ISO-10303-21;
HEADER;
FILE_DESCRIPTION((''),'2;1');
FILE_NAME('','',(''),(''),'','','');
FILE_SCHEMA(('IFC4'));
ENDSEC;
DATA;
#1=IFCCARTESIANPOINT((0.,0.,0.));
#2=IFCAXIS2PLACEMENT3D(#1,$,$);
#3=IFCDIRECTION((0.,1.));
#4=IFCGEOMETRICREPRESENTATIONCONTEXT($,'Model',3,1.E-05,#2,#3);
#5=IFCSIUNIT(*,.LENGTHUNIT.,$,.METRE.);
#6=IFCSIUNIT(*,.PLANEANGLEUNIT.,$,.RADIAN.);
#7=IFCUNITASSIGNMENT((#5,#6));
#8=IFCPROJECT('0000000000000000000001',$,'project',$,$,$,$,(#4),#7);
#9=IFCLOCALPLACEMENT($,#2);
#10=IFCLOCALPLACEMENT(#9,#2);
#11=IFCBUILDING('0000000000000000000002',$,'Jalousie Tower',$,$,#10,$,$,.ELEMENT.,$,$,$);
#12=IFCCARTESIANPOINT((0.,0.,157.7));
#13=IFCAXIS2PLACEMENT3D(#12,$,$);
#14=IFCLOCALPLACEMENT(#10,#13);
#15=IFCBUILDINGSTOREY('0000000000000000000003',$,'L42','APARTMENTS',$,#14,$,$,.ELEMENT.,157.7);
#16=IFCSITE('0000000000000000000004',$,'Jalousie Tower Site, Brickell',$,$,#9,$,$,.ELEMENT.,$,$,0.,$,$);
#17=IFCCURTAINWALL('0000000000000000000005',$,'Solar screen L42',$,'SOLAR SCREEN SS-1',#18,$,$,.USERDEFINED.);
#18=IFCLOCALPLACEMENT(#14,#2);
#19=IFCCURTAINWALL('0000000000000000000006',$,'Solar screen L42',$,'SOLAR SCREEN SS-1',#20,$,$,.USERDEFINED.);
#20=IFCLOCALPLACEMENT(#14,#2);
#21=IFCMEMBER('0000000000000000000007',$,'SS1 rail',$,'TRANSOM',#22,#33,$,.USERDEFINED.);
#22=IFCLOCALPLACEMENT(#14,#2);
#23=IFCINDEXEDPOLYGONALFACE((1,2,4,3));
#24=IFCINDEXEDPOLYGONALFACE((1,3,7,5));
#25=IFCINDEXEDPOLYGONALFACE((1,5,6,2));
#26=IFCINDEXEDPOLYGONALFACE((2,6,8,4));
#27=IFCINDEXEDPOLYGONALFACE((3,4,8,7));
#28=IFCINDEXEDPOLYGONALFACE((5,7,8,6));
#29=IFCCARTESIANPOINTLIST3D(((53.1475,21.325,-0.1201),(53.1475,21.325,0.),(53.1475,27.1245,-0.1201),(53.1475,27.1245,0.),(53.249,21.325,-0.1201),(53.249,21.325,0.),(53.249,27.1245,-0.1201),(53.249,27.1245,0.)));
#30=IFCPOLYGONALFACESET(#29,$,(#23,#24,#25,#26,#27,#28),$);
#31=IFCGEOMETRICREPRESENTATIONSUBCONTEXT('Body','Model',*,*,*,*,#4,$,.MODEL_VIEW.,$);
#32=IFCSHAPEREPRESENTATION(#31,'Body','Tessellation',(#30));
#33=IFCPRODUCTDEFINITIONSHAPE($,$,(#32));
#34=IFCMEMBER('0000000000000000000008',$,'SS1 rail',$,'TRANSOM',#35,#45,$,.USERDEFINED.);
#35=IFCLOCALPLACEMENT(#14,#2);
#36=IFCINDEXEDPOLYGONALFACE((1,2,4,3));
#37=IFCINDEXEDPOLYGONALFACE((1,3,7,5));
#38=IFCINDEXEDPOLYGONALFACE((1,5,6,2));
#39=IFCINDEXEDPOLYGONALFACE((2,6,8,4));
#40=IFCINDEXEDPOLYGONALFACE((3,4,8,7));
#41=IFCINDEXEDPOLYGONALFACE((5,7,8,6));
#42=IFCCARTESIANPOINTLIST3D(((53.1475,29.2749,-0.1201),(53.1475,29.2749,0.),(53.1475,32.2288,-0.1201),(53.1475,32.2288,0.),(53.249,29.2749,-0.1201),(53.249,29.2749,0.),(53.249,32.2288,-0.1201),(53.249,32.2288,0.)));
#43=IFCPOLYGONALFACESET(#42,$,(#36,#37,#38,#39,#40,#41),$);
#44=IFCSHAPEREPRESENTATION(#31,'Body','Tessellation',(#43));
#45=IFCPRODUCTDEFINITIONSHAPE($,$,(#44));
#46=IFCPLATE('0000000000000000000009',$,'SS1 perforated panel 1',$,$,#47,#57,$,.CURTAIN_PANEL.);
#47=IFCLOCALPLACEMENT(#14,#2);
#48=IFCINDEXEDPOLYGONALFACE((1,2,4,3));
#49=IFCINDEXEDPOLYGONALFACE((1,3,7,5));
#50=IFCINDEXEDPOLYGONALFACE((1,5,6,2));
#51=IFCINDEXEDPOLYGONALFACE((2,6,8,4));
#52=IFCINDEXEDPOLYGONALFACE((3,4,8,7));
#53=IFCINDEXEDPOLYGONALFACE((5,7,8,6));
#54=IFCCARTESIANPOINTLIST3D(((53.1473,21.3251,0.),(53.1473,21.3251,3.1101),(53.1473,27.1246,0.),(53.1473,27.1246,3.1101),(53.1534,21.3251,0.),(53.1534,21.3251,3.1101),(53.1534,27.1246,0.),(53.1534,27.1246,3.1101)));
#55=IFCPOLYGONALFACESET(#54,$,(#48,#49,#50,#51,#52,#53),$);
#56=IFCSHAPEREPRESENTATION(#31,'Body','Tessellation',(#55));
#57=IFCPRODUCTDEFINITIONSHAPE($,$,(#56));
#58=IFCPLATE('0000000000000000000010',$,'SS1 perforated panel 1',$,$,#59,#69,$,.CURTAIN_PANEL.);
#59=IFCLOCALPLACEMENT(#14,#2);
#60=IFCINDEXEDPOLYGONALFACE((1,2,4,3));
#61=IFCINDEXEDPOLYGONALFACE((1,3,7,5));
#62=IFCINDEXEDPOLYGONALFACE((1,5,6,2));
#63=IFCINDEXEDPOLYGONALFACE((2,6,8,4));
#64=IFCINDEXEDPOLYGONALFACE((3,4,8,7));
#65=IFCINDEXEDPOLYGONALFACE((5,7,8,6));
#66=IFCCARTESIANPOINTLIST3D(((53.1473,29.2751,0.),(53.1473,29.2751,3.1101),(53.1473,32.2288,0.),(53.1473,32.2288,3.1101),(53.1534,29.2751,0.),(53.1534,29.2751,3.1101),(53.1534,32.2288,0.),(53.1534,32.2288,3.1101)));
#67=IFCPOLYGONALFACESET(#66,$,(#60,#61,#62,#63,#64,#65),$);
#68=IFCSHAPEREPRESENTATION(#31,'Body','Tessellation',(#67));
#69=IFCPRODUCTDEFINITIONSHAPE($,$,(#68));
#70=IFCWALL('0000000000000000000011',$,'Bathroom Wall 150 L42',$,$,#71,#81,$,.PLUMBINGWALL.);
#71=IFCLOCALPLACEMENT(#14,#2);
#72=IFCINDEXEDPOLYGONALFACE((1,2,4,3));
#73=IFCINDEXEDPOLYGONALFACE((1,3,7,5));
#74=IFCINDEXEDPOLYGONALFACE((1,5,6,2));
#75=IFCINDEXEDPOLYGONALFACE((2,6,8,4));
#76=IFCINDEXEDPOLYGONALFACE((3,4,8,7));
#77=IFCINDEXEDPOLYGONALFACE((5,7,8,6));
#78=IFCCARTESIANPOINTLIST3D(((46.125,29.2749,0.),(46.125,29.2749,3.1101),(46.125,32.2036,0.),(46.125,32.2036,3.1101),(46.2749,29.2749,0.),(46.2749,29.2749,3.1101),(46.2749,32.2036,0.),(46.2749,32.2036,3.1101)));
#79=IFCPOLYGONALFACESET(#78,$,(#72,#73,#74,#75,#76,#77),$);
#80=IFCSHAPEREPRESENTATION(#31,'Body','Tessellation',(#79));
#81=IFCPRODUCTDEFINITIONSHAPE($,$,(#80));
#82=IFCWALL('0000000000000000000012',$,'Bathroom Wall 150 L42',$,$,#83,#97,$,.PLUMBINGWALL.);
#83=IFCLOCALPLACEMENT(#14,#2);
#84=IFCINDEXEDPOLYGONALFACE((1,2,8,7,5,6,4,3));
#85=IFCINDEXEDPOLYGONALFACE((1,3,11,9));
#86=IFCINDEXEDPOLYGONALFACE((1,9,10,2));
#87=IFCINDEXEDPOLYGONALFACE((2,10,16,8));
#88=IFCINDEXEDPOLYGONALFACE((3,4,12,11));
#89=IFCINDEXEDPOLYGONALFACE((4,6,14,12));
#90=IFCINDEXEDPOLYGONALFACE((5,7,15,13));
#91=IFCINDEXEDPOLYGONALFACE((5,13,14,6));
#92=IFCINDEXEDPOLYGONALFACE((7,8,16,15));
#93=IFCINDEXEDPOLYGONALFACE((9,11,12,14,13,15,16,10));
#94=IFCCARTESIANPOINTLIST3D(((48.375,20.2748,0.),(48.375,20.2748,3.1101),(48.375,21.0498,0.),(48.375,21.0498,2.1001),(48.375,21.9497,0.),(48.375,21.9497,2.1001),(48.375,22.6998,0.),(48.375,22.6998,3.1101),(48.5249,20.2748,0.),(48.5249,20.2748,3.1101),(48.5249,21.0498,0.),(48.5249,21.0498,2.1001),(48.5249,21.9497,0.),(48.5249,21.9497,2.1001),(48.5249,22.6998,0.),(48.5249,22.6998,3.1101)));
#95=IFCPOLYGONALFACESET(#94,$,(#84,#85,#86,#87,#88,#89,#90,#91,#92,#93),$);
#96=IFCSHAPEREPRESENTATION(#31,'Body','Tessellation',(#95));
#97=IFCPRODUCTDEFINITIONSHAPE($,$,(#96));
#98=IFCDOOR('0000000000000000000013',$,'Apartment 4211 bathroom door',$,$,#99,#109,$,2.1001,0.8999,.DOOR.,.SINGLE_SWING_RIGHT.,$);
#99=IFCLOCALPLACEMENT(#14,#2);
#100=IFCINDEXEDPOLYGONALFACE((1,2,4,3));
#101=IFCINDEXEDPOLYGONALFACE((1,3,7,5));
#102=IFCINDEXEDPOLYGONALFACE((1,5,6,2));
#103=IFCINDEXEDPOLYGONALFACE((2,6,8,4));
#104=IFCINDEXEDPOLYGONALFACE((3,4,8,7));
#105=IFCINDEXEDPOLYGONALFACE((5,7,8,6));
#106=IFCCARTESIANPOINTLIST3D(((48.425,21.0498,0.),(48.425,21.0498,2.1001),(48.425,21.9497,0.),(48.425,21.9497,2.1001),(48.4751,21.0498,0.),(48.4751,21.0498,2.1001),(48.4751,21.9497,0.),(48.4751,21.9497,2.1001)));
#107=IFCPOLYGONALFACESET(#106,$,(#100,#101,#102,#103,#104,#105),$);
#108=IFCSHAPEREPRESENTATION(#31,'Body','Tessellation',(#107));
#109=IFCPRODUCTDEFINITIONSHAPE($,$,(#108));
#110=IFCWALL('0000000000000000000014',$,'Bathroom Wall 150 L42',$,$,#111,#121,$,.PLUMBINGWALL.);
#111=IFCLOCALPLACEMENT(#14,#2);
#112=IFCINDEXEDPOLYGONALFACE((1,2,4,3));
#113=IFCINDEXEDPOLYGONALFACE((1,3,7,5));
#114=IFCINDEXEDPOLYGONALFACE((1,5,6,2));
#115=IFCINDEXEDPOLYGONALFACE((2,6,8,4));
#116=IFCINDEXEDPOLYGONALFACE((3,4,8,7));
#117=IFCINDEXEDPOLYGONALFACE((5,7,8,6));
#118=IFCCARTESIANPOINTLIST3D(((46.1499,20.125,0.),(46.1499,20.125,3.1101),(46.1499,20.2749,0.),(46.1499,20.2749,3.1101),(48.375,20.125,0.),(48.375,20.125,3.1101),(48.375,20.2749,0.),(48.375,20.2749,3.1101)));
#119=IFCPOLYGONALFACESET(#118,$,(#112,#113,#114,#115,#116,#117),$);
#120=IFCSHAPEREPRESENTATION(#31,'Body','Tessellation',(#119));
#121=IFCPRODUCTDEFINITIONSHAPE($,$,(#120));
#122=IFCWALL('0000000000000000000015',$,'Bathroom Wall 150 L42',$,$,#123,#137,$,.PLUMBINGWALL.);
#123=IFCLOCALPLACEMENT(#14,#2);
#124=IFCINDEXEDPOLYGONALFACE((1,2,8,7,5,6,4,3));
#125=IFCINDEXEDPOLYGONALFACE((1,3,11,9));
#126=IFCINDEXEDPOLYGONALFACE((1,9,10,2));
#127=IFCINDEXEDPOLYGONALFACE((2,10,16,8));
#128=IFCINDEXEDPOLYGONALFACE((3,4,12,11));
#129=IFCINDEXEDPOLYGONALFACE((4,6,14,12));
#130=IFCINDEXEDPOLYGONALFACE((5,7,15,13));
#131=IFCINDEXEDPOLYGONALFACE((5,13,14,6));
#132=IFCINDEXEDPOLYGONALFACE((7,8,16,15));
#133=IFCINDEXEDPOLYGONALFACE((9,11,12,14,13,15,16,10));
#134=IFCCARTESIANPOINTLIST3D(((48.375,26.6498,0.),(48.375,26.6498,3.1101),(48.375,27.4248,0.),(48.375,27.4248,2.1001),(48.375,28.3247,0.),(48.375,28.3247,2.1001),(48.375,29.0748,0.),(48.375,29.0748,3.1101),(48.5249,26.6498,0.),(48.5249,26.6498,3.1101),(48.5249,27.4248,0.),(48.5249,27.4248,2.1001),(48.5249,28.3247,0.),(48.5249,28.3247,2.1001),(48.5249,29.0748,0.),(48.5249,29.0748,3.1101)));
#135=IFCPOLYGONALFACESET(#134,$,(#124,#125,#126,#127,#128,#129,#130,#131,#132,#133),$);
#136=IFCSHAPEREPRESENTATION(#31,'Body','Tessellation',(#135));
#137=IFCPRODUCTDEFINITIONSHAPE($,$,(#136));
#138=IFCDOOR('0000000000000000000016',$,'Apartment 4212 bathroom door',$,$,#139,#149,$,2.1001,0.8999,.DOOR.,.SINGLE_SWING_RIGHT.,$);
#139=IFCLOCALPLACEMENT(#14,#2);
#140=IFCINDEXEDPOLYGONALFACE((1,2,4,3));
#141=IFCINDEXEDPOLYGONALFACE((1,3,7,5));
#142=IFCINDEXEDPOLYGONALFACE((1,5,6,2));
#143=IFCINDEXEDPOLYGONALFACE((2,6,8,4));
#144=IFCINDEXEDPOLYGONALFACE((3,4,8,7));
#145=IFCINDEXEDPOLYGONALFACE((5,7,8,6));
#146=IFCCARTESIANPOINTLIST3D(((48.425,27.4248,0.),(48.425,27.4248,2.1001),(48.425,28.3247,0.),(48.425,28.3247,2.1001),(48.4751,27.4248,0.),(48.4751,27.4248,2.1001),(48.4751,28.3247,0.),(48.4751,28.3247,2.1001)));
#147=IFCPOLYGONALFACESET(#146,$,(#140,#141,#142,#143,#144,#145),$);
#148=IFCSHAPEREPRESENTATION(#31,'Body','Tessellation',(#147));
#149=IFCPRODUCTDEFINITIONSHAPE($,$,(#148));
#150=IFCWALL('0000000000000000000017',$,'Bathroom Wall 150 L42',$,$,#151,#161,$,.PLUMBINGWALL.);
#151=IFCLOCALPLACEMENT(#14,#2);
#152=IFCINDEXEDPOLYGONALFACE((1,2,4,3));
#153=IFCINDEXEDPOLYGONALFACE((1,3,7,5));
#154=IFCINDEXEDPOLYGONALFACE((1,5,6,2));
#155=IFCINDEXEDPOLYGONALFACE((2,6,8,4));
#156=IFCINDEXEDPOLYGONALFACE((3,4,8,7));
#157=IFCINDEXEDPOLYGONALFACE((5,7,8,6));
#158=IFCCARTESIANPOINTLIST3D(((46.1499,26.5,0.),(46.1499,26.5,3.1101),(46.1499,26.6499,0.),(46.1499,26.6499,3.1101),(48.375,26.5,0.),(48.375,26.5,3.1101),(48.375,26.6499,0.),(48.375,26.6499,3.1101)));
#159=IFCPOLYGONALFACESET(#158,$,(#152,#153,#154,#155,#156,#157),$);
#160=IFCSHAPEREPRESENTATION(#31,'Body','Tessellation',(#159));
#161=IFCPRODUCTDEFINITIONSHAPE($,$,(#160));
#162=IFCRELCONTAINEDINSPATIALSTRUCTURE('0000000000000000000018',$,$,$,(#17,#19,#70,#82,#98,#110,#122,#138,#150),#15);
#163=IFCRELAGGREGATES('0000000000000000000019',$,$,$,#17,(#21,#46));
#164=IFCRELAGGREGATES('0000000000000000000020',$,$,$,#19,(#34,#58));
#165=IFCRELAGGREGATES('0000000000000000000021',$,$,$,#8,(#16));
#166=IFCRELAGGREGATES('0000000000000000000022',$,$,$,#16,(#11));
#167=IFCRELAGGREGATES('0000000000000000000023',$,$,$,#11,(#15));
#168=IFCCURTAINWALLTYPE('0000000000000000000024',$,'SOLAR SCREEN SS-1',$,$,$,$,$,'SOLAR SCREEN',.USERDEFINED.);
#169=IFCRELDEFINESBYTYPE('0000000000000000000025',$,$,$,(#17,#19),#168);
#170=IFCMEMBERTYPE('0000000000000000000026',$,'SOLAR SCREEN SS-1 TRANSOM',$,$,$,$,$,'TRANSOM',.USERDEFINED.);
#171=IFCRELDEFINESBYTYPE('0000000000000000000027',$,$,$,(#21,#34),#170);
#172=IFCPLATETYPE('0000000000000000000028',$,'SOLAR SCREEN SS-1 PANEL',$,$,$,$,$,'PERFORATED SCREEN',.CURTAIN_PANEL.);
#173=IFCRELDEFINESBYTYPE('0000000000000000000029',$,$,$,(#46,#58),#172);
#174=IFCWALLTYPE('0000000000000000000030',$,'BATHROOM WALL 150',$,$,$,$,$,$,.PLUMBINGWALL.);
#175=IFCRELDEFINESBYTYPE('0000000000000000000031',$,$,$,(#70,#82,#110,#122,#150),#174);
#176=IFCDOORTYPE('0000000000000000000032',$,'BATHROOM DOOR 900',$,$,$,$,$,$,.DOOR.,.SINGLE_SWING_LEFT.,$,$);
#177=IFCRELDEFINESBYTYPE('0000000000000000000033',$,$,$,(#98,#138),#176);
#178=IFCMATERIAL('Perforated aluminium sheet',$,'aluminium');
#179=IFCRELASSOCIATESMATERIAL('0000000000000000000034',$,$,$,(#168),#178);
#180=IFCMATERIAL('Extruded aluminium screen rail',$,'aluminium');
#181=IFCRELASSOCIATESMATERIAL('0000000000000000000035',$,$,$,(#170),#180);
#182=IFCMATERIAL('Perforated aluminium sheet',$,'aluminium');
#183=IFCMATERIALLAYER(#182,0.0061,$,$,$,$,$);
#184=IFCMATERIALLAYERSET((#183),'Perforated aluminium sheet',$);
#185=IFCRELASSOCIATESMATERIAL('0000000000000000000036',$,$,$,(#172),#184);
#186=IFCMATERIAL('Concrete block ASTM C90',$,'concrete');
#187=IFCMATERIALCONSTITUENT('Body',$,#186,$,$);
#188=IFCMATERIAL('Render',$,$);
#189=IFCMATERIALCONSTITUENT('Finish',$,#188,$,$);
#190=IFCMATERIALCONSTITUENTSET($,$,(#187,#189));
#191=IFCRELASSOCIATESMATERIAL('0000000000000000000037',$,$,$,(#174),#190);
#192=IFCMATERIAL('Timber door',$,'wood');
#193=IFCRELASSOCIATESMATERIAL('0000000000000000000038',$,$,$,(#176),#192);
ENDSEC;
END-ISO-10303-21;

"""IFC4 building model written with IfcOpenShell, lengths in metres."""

from ifc_helpers import new_model, si_unit, direction, frame, frame_2d, origin, origin_2d, place, context, subcontext, project, spatial, rectangle, extrude, material, layer, layer_set, constituent, constituent_set, material_profile, profile_set, type_object, element, fill, aggregate, save


model = new_model("IFC4")

# Units and contexts
model_context = context("Model", 3, precision=1e-05, world=origin(), true_north=direction((0.0, 1.0)))
body_context = subcontext(model_context, "Body", "Model", "MODEL_VIEW")
ifc_project = project(units=[si_unit("LENGTHUNIT", "METRE"), si_unit("PLANEANGLEUNIT", "RADIAN")], contexts=[model_context])

# Site, building, storey
site_placement = place(None, origin())
site = spatial("IfcSite", under=ifc_project, at=site_placement, Name="Jalousie Tower Site, Brickell", CompositionType="ELEMENT", RefElevation=0.0)
building_placement = place(site_placement, origin())
building = spatial("IfcBuilding", under=site, at=building_placement, Name="Jalousie Tower", CompositionType="ELEMENT")
storey_placement = place(building_placement, frame((0.0, 0.0, 157.7)))
storey = spatial("IfcBuildingStorey", under=building, at=storey_placement, Name="L42", Description="APARTMENTS", CompositionType="ELEMENT", Elevation=157.7)

# Curtain wall
ifc_material_1 = material(Name="Perforated aluminium sheet", Category="aluminium")
curtain_wall_type = type_object("IfcCurtainWallType", Name="SOLAR SCREEN SS-1", ElementType="SOLAR SCREEN", PredefinedType="USERDEFINED", material=ifc_material_1)
curtain_wall_1_placement = place(storey_placement, origin())
curtain_wall_1 = element("IfcCurtainWall", 1, at=curtain_wall_1_placement, inside=storey, type_object=curtain_wall_type, Name="Solar screen L42", ObjectType="SOLAR SCREEN SS-1", PredefinedType="USERDEFINED")

# Curtain wall
curtain_wall_2_placement = place(storey_placement, origin())
curtain_wall_2 = element("IfcCurtainWall", 2, at=curtain_wall_2_placement, inside=storey, type_object=curtain_wall_type, Name="Solar screen L42", ObjectType="SOLAR SCREEN SS-1", PredefinedType="USERDEFINED")

# Members
ifc_material_2 = material(Name="Extruded aluminium screen rail", Category="aluminium")
ifc_material_profile_1 = material_profile(ifc_material_2, rectangle(XDim=0.1016, YDim=0.1201, at=origin_2d()), Name="RAIL 102x120")
ifc_profile_set_1 = profile_set([ifc_material_profile_1], Name="Extruded aluminium screen rail")
member_type_1 = type_object("IfcMemberType", Name="SOLAR SCREEN SS-1 TRANSOM", ElementType="TRANSOM", PredefinedType="USERDEFINED", material=ifc_profile_set_1)
member_1_placement = place(storey_placement, frame((53.1982, 21.325, -0.0601), z_axis=(0.0, 1.0, 0.0), x_axis=(-1.0, 0.0, 0.0)))
member_1 = element("IfcMember", 3, at=member_1_placement, type_object=member_type_1, Name="SS1 rail", ObjectType="TRANSOM", PredefinedType="USERDEFINED", context=body_context, shape_type="SweptSolid", body=[
    extrude(rectangle(XDim=0.1016, YDim=0.1201, at=origin_2d()), origin(), (0.0, 0.0, 1.0), 5.7996),
])
member_2_placement = place(storey_placement, frame((53.1982, 29.2749, -0.0601), z_axis=(0.0, 1.0, 0.0), x_axis=(-1.0, 0.0, 0.0)))
member_2 = element("IfcMember", 4, at=member_2_placement, type_object=member_type_1, Name="SS1 rail", ObjectType="TRANSOM", PredefinedType="USERDEFINED", context=body_context, shape_type="SweptSolid", body=[
    extrude(rectangle(XDim=0.1016, YDim=0.1201, at=origin_2d()), origin(), (0.0, 0.0, 1.0), 2.9539),
])

# Plates
ifc_material_3 = material(Name="Perforated aluminium sheet", Category="aluminium")
ifc_layer_1 = layer(ifc_material_3, 0.0061)
ifc_layer_set_1 = layer_set([ifc_layer_1], Name="Perforated aluminium sheet")
plate_type = type_object("IfcPlateType", Name="SOLAR SCREEN SS-1 PANEL", ElementType="PERFORATED SCREEN", PredefinedType="CURTAIN_PANEL", material=ifc_layer_set_1)
plate_1_placement = place(storey_placement, frame((53.1504, 24.2249, 0.0), z_axis=(0.0, 0.0, 1.0), x_axis=(0.0, 1.0, 0.0)))
plate_1 = element("IfcPlate", 5, at=plate_1_placement, type_object=plate_type, Name="SS1 perforated panel 1", PredefinedType="CURTAIN_PANEL", context=body_context, shape_type="SweptSolid", body=[
    extrude(rectangle(XDim=5.7996, YDim=0.0061, at=origin_2d()), origin(), (0.0, 0.0, 1.0), 3.1101),
])
aggregate(curtain_wall_1, [member_1, plate_1])
plate_2_placement = place(storey_placement, frame((53.1504, 30.752, 0.0), z_axis=(0.0, 0.0, 1.0), x_axis=(0.0, 1.0, 0.0)))
plate_2 = element("IfcPlate", 6, at=plate_2_placement, type_object=plate_type, Name="SS1 perforated panel 1", PredefinedType="CURTAIN_PANEL", context=body_context, shape_type="SweptSolid", body=[
    extrude(rectangle(XDim=2.9536, YDim=0.0061, at=origin_2d()), origin(), (0.0, 0.0, 1.0), 3.1101),
])
aggregate(curtain_wall_2, [member_2, plate_2])

# Wall
ifc_material_4 = material(Name="Concrete block ASTM C90", Category="concrete")
ifc_constituent_1 = constituent(ifc_material_4, Name="Body")
ifc_material_5 = material(Name="Render")
ifc_constituent_2 = constituent(ifc_material_5, Name="Finish")
ifc_constituent_set_1 = constituent_set(constituents=[ifc_constituent_1, ifc_constituent_2])
wall_type_1 = type_object("IfcWallType", Name="BATHROOM WALL 150", PredefinedType="PLUMBINGWALL", material=ifc_constituent_set_1)
wall_1_placement = place(storey_placement, frame((46.2, 32.2036, 0.0), z_axis=(0.0, 0.0, 1.0), x_axis=(0.0, -1.0, 0.0)))
element("IfcWall", 7, at=wall_1_placement, inside=storey, type_object=wall_type_1, Name="Bathroom Wall 150 L42", PredefinedType="PLUMBINGWALL", context=body_context, shape_type="SweptSolid", body=[
    extrude(rectangle(XDim=2.9287, YDim=0.1499, at=frame_2d((1.4644, 0.0))), origin(), (0.0, 0.0, 1.0), 3.1101),
])

# Wall, opening, door
wall_2_placement = place(storey_placement, frame((48.45, 20.2749, 0.0), z_axis=(0.0, 0.0, 1.0), x_axis=(0.0, 1.0, 0.0)))
wall_2 = element("IfcWall", 8, at=wall_2_placement, inside=storey, type_object=wall_type_1, Name="Bathroom Wall 150 L42", PredefinedType="PLUMBINGWALL", context=body_context, shape_type="SweptSolid", body=[
    extrude(rectangle(XDim=2.425, YDim=0.1499, at=frame_2d((1.2124, 0.0))), origin(), (0.0, 0.0, 1.0), 3.1101),
])
opening_1_placement = place(wall_2_placement, frame((0.7749, 0.0, 0.0)))
opening_1 = element("IfcOpeningElement", 9, at=opening_1_placement, cuts=wall_2, PredefinedType="OPENING", context=body_context, shape_type="SweptSolid", body=[
    extrude(rectangle(XDim=0.8999, YDim=2.1001, at=frame_2d((0.45, 1.05))), frame((0.0, 0.085, 0.0), z_axis=(0.0, -1.0, 0.0), x_axis=(1.0, 0.0, 0.0)), (0.0, 0.0, 1.0), 0.1699),
])
ifc_material_6 = material(Name="Timber door", Category="wood")
door_type_1 = type_object("IfcDoorType", Name="BATHROOM DOOR 900", OperationType="SINGLE_SWING_LEFT", PredefinedType="DOOR", material=ifc_material_6)
door_1_placement = place(opening_1_placement, origin())
door_1 = element("IfcDoor", 10, at=door_1_placement, inside=storey, type_object=door_type_1, Name="Apartment 4211 bathroom door", OperationType="SINGLE_SWING_RIGHT", OverallHeight=2.1001, OverallWidth=0.8999, PredefinedType="DOOR", context=body_context, shape_type="SweptSolid", body=[
    extrude(rectangle(XDim=0.8999, YDim=2.1001, at=frame_2d((0.45, 1.05))), frame((0.0, 0.0249, 0.0), z_axis=(0.0, -1.0, 0.0), x_axis=(1.0, 0.0, 0.0)), (0.0, 0.0, 1.0), 0.05),
])
fill(opening_1, door_1)

# Wall
wall_3_placement = place(storey_placement, frame((48.375, 20.2, 0.0), z_axis=(0.0, 0.0, 1.0), x_axis=(-1.0, 0.0, 0.0)))
element("IfcWall", 11, at=wall_3_placement, inside=storey, type_object=wall_type_1, Name="Bathroom Wall 150 L42", PredefinedType="PLUMBINGWALL", context=body_context, shape_type="SweptSolid", body=[
    extrude(rectangle(XDim=2.2251, YDim=0.1499, at=frame_2d((1.1125, 0.0))), origin(), (0.0, 0.0, 1.0), 3.1101),
])

# Wall, opening, door
wall_4_placement = place(storey_placement, frame((48.45, 26.6499, 0.0), z_axis=(0.0, 0.0, 1.0), x_axis=(0.0, 1.0, 0.0)))
wall_4 = element("IfcWall", 12, at=wall_4_placement, inside=storey, type_object=wall_type_1, Name="Bathroom Wall 150 L42", PredefinedType="PLUMBINGWALL", context=body_context, shape_type="SweptSolid", body=[
    extrude(rectangle(XDim=2.425, YDim=0.1499, at=frame_2d((1.2124, 0.0))), origin(), (0.0, 0.0, 1.0), 3.1101),
])
opening_2_placement = place(wall_4_placement, frame((0.7749, 0.0, 0.0)))
opening_2 = element("IfcOpeningElement", 13, at=opening_2_placement, cuts=wall_4, PredefinedType="OPENING", context=body_context, shape_type="SweptSolid", body=[
    extrude(rectangle(XDim=0.8999, YDim=2.1001, at=frame_2d((0.45, 1.05))), frame((0.0, 0.085, 0.0), z_axis=(0.0, -1.0, 0.0), x_axis=(1.0, 0.0, 0.0)), (0.0, 0.0, 1.0), 0.1699),
])
door_2_placement = place(opening_2_placement, origin())
door_2 = element("IfcDoor", 14, at=door_2_placement, inside=storey, type_object=door_type_1, Name="Apartment 4212 bathroom door", OperationType="SINGLE_SWING_RIGHT", OverallHeight=2.1001, OverallWidth=0.8999, PredefinedType="DOOR", context=body_context, shape_type="SweptSolid", body=[
    extrude(rectangle(XDim=0.8999, YDim=2.1001, at=frame_2d((0.45, 1.05))), frame((0.0, 0.0249, 0.0), z_axis=(0.0, -1.0, 0.0), x_axis=(1.0, 0.0, 0.0)), (0.0, 0.0, 1.0), 0.05),
])
fill(opening_2, door_2)

# Wall
wall_5_placement = place(storey_placement, frame((48.375, 26.575, 0.0), z_axis=(0.0, 0.0, 1.0), x_axis=(-1.0, 0.0, 0.0)))
element("IfcWall", 15, at=wall_5_placement, inside=storey, type_object=wall_type_1, Name="Bathroom Wall 150 L42", PredefinedType="PLUMBINGWALL", context=body_context, shape_type="SweptSolid", body=[
    extrude(rectangle(XDim=2.2251, YDim=0.1499, at=frame_2d((1.1125, 0.0))), origin(), (0.0, 0.0, 1.0), 3.1101),
])

save(model, "model.ifc")
